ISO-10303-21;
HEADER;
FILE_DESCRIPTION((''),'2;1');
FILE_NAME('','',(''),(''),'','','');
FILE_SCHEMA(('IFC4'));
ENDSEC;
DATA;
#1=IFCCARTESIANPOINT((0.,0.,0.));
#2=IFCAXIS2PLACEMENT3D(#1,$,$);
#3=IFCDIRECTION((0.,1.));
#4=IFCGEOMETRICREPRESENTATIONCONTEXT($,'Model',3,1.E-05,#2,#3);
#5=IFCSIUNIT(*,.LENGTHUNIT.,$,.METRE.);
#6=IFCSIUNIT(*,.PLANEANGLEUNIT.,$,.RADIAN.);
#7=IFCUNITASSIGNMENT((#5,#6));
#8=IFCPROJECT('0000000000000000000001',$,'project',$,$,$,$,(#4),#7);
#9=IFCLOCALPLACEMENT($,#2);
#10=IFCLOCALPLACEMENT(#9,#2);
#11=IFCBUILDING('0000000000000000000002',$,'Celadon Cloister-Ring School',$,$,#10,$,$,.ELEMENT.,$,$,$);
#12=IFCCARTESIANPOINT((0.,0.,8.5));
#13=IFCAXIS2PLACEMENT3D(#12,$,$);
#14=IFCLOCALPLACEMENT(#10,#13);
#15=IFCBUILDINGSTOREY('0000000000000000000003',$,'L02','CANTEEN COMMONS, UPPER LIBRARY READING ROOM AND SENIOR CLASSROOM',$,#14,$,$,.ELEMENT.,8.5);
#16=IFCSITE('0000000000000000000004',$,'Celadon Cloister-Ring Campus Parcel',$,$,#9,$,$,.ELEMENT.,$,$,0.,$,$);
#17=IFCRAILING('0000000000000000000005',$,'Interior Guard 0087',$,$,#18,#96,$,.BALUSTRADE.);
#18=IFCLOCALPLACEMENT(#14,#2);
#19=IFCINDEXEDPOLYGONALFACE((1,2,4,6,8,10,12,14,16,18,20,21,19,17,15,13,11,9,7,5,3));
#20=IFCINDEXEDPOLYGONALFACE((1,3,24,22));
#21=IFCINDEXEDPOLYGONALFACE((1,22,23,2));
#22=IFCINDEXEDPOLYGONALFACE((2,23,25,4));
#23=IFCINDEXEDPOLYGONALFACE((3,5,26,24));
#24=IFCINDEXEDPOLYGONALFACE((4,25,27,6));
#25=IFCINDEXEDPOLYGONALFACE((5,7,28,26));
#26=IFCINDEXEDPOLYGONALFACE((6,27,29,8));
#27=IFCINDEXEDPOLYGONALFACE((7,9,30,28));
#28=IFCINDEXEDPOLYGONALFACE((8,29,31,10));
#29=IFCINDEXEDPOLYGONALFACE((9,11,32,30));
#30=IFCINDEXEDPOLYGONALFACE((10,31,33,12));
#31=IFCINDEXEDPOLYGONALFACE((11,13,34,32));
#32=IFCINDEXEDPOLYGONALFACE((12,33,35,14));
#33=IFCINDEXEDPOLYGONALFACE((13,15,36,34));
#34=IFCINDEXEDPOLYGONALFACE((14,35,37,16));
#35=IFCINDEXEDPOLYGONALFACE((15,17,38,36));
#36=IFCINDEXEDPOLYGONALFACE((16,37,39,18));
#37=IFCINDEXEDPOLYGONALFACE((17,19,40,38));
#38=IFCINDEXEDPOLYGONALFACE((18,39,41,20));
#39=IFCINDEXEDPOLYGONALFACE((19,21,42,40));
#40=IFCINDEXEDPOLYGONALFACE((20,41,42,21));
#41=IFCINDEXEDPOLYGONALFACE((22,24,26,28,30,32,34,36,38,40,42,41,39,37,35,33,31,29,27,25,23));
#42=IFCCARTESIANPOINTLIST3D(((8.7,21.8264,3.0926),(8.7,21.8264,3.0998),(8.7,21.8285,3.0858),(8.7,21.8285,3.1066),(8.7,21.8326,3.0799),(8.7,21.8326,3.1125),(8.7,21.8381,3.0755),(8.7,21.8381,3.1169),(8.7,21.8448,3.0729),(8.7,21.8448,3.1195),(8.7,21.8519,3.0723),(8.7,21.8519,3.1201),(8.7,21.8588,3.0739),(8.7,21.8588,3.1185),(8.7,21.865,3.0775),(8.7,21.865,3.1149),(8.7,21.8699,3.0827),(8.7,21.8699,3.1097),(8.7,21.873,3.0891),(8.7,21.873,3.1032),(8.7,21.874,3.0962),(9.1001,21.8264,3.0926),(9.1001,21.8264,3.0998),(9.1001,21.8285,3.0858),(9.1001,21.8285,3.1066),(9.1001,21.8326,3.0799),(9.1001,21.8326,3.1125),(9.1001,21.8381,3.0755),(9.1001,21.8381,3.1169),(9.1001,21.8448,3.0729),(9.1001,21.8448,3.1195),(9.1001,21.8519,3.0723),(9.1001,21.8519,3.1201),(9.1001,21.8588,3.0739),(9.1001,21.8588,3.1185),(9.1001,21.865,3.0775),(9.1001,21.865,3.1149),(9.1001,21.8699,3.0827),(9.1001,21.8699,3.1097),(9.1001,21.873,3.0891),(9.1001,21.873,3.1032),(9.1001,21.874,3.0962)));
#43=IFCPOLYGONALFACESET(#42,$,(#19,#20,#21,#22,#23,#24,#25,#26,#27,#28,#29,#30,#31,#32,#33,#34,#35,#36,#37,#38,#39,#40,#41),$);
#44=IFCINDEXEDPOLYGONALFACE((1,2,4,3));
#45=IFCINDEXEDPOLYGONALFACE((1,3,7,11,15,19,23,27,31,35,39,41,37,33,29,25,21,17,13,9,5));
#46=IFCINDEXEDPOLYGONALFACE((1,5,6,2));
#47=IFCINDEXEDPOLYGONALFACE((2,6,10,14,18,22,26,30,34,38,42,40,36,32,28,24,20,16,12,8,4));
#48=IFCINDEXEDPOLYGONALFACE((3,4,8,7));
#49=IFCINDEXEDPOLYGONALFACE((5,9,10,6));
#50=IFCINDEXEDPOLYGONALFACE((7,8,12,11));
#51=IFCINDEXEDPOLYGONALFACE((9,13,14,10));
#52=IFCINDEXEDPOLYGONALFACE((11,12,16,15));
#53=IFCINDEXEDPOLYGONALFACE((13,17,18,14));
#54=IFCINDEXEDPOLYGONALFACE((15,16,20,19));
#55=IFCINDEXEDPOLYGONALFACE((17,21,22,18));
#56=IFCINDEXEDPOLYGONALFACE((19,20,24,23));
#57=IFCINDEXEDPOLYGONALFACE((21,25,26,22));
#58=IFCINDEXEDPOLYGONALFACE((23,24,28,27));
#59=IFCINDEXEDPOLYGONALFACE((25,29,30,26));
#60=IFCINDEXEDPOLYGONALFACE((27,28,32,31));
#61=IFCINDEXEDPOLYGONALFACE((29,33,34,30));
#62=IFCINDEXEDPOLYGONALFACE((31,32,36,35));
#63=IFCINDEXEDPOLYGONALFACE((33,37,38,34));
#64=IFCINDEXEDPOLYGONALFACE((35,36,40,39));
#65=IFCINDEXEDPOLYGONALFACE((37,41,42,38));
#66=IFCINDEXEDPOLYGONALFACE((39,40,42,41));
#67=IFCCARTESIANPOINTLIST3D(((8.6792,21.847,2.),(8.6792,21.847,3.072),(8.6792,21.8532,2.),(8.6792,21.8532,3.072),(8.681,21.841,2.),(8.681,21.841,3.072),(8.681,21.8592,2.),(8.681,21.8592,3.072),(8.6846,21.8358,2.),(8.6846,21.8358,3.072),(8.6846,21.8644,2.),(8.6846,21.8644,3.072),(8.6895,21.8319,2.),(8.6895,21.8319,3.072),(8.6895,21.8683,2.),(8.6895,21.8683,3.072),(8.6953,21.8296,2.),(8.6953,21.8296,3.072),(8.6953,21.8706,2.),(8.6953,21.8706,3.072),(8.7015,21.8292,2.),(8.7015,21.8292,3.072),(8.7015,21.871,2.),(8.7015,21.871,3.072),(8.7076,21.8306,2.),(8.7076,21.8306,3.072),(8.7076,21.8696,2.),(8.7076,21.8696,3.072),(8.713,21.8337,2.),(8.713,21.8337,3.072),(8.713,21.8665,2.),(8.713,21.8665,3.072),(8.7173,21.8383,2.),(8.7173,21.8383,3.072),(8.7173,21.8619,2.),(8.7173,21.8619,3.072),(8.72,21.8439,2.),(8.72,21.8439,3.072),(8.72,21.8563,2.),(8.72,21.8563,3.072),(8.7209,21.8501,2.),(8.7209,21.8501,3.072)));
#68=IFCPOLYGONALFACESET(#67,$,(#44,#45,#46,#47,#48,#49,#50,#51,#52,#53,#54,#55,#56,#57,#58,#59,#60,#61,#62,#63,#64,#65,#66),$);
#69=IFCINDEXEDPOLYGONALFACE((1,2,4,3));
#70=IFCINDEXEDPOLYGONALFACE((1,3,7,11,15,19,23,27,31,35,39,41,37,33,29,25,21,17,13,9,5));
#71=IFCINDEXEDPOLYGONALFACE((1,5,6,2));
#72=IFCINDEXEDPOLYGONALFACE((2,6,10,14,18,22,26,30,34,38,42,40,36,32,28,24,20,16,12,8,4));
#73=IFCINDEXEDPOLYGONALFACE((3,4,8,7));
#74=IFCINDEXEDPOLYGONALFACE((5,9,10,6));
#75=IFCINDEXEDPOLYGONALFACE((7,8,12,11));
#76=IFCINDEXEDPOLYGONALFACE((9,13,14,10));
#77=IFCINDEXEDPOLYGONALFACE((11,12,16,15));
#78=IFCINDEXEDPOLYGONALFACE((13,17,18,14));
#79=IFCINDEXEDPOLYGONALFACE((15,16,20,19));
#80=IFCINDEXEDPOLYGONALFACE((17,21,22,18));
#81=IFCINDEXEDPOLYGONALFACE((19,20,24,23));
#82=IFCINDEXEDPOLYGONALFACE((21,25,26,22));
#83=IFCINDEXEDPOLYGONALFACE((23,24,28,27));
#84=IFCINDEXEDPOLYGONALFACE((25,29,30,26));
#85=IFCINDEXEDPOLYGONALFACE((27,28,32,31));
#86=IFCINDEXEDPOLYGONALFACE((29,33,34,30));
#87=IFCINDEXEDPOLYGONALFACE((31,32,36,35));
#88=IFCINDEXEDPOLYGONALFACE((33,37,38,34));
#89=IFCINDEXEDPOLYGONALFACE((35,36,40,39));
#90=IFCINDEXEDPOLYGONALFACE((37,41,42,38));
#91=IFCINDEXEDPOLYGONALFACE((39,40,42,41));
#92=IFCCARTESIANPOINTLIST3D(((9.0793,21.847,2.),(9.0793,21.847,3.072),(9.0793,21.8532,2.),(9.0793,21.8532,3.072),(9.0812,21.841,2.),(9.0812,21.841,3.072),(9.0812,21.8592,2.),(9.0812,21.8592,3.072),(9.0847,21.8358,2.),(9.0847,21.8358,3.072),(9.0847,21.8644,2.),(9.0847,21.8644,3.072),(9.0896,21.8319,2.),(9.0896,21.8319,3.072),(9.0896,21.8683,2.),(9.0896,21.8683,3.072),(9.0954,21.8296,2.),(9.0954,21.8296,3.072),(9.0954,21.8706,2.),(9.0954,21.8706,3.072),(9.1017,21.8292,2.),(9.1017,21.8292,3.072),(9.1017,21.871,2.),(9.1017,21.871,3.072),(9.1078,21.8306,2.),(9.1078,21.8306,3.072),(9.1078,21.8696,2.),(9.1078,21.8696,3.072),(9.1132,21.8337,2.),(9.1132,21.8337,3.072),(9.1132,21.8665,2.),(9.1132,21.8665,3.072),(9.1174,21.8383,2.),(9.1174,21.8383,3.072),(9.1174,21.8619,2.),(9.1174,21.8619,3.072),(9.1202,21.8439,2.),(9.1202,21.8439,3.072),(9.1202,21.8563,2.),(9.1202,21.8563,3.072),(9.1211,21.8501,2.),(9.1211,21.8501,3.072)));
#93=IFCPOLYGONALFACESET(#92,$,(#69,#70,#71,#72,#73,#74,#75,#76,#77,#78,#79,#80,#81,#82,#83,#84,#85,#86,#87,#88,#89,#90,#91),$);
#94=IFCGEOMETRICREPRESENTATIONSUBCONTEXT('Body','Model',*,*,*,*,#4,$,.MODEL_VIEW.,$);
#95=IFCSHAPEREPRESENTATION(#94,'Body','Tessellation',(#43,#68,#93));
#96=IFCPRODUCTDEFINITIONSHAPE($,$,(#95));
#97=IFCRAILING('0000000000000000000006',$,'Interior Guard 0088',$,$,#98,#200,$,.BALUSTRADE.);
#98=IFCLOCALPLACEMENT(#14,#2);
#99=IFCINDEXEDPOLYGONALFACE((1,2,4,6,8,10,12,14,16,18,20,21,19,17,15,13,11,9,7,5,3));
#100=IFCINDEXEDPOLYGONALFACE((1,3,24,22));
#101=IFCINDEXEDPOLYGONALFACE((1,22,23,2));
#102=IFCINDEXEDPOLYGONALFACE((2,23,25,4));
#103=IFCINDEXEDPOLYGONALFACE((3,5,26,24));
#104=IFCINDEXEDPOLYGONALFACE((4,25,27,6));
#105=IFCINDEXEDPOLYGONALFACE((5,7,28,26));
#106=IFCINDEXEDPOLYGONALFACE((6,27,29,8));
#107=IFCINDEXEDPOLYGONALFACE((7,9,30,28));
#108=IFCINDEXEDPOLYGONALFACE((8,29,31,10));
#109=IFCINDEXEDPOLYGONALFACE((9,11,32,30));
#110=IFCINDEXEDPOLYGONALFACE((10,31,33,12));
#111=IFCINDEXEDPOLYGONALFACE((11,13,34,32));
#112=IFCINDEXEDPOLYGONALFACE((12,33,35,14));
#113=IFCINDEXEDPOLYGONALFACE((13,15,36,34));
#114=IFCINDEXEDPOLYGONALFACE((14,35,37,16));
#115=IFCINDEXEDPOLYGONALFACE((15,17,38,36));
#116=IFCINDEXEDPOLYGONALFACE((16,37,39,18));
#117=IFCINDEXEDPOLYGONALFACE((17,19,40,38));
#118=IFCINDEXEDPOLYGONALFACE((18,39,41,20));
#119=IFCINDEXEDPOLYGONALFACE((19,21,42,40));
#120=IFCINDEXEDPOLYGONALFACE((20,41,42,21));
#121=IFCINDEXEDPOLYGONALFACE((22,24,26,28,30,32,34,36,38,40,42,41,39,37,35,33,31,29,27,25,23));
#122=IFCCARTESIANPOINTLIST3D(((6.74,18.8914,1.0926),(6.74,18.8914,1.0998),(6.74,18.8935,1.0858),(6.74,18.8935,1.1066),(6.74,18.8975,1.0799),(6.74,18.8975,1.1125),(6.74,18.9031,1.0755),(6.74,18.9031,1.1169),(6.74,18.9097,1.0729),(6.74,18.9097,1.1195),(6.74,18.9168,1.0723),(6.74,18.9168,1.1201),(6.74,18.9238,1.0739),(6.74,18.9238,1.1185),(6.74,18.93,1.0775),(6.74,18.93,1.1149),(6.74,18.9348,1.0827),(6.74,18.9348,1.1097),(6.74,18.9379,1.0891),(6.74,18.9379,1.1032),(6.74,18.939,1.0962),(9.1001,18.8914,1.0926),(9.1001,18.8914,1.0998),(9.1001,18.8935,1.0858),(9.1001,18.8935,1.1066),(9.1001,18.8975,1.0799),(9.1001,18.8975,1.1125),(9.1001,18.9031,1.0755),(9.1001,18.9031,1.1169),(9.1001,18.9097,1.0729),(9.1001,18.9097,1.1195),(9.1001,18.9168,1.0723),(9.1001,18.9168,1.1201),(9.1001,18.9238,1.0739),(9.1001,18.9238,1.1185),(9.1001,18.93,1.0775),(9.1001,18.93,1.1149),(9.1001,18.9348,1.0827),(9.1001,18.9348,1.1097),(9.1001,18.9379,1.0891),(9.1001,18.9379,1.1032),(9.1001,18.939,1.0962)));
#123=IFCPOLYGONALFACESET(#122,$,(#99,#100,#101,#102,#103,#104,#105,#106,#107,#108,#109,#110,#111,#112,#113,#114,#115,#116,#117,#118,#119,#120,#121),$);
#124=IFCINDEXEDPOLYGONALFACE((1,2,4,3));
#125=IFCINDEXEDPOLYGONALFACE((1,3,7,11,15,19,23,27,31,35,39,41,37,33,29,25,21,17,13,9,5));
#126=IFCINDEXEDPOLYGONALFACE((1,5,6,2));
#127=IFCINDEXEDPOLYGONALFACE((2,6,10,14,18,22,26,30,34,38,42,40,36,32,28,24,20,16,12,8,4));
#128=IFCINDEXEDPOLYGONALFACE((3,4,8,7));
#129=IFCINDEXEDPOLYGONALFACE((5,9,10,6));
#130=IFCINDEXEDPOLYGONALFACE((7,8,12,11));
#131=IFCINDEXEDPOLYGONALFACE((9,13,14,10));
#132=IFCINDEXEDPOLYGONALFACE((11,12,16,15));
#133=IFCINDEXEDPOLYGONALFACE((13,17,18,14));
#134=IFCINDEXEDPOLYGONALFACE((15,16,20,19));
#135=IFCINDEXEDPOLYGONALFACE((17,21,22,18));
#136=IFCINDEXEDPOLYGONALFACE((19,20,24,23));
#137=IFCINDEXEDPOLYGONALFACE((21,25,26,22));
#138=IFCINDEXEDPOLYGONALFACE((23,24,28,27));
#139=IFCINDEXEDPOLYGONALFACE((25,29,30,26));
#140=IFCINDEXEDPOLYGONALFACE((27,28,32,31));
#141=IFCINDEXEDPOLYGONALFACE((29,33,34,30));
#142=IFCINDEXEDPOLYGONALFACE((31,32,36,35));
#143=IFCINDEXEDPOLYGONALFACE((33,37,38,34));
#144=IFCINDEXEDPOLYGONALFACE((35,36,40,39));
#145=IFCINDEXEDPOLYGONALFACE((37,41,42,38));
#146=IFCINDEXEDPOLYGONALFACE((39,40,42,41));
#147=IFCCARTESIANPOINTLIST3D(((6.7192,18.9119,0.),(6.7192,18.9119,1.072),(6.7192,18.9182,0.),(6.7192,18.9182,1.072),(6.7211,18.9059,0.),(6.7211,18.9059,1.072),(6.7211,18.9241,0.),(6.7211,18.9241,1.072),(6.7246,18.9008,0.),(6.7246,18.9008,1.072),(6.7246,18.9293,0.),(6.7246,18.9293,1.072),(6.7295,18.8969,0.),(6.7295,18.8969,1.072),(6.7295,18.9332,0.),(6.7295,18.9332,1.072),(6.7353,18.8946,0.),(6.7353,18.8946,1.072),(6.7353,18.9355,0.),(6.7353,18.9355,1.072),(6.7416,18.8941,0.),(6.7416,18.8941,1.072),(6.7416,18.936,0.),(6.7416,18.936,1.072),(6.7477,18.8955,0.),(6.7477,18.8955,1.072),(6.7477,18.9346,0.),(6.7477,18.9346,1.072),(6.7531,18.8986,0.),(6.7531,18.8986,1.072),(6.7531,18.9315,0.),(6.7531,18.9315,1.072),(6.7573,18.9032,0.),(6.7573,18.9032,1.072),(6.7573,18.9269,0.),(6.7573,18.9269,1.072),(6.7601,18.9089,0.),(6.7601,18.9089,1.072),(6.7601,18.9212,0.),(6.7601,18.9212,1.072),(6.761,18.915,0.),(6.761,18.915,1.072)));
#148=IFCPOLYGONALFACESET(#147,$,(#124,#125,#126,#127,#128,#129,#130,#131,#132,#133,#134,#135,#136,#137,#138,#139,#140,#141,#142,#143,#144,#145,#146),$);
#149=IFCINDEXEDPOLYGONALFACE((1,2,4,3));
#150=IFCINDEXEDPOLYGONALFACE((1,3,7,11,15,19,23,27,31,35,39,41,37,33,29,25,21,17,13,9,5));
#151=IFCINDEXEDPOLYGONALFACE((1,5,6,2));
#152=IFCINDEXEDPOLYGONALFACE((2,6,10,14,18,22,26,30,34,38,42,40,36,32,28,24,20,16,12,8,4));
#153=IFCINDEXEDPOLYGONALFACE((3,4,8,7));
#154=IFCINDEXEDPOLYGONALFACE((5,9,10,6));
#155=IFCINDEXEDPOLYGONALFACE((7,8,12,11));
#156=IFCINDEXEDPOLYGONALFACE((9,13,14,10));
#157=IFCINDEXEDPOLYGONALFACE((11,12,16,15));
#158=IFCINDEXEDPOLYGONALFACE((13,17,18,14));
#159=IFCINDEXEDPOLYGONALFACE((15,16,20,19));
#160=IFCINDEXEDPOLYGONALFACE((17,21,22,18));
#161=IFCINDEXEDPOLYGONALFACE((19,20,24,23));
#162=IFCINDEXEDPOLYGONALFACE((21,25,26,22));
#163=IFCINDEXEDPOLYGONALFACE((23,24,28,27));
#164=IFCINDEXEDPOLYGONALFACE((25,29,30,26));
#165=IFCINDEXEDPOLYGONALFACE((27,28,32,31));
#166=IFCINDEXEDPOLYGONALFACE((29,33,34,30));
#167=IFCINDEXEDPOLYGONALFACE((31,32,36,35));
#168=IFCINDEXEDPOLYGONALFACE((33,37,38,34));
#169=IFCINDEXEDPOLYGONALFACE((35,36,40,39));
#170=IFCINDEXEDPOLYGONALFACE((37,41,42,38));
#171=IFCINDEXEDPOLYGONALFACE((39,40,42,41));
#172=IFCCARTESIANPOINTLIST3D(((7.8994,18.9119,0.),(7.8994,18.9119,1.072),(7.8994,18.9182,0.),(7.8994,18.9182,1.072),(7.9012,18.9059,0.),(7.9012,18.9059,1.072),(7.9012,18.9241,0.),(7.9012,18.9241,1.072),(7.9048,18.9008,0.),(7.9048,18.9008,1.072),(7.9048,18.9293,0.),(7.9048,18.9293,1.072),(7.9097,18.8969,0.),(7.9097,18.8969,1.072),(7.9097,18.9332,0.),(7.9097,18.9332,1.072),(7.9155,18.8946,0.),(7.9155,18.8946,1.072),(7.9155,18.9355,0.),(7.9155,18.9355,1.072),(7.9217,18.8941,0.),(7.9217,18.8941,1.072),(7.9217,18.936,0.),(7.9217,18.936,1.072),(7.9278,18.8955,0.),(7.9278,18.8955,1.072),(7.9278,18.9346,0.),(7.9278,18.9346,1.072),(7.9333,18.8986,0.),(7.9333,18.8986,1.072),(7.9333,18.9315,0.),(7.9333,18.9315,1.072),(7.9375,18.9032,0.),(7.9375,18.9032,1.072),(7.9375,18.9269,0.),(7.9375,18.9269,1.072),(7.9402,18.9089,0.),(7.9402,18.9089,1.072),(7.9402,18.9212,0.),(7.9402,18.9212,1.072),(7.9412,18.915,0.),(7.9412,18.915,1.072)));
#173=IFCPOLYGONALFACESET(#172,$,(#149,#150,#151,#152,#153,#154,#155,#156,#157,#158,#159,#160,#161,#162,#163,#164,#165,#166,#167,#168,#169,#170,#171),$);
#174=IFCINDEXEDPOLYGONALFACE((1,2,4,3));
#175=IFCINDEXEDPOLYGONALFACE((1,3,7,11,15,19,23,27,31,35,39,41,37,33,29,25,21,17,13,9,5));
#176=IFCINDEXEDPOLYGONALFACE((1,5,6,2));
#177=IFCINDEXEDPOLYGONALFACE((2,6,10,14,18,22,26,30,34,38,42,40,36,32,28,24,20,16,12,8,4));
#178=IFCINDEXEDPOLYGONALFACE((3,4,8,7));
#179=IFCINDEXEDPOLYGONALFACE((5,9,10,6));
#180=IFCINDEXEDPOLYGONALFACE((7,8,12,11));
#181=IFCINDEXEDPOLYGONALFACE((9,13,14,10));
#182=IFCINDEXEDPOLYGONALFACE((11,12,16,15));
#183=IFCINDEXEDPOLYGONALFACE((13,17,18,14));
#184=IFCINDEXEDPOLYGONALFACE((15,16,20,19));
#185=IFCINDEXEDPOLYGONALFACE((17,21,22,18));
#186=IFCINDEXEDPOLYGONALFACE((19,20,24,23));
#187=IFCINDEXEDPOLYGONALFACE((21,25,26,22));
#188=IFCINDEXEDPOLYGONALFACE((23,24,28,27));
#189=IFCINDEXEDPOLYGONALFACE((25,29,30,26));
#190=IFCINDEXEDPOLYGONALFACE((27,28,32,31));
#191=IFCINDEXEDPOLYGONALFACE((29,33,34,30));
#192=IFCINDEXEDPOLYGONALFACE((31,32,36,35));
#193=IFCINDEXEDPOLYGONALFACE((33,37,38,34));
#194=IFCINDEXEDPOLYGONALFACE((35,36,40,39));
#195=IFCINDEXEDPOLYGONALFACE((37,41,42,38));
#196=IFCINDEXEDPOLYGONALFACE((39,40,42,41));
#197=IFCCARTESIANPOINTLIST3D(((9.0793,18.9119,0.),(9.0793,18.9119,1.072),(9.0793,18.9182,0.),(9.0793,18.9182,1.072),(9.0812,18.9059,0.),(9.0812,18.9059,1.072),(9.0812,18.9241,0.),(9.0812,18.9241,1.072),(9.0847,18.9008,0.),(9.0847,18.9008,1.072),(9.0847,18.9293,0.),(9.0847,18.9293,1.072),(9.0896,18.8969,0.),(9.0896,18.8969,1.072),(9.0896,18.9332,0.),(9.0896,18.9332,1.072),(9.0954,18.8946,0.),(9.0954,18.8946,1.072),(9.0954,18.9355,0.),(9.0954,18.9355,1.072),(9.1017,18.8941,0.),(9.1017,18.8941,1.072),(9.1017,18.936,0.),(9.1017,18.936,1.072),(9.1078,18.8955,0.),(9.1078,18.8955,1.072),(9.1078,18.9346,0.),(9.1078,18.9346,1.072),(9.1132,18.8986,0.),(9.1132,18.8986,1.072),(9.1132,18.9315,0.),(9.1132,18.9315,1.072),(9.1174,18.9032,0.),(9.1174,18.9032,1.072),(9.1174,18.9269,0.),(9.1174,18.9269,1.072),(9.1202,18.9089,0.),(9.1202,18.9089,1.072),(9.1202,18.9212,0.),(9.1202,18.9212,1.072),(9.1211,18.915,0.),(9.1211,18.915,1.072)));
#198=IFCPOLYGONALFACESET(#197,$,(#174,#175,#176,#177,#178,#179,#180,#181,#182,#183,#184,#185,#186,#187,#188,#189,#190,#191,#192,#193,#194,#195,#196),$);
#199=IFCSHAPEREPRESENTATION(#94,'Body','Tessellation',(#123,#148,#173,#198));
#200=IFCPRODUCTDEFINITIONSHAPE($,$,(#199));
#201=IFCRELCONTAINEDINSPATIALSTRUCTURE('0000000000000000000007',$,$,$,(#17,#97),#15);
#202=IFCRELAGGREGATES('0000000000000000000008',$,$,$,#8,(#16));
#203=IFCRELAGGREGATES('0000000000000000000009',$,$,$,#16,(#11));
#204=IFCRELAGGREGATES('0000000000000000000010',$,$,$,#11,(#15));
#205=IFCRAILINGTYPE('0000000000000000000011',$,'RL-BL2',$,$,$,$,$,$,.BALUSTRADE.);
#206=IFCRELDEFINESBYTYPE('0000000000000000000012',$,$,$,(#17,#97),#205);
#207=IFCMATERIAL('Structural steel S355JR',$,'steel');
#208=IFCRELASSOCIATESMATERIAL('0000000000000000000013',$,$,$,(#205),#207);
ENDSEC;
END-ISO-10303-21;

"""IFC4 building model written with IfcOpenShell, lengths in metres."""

from ifc_helpers import new_model, si_unit, direction, frame, origin, origin_2d, place, context, subcontext, project, spatial, circle, extrude, material, type_object, element, save


model = new_model("IFC4")

# Units and contexts
model_context = context("Model", 3, precision=1e-05, world=origin(), true_north=direction((0.0, 1.0)))
body_context = subcontext(model_context, "Body", "Model", "MODEL_VIEW")
ifc_project = project(units=[si_unit("LENGTHUNIT", "METRE"), si_unit("PLANEANGLEUNIT", "RADIAN")], contexts=[model_context])

# Site, building, storey
site_placement = place(None, origin())
site = spatial("IfcSite", under=ifc_project, at=site_placement, Name="Celadon Cloister-Ring Campus Parcel", CompositionType="ELEMENT", RefElevation=0.0)
building_placement = place(site_placement, origin())
building = spatial("IfcBuilding", under=site, at=building_placement, Name="Celadon Cloister-Ring School", CompositionType="ELEMENT")
storey_placement = place(building_placement, frame((0.0, 0.0, 8.5)))
storey = spatial("IfcBuildingStorey", under=building, at=storey_placement, Name="L02", Description="CANTEEN COMMONS, UPPER LIBRARY READING ROOM AND SENIOR CLASSROOM", CompositionType="ELEMENT", Elevation=8.5)

# Railings
ifc_material_1 = material(Name="Structural steel S355JR", Category="steel")
railing_type_1 = type_object("IfcRailingType", Name="RL-BL2", PredefinedType="BALUSTRADE", material=ifc_material_1)
railing_1_placement = place(storey_placement, frame((8.7, 21.8501, 2.0)))
element("IfcRailing", 1, at=railing_1_placement, inside=storey, type_object=railing_type_1, Name="Interior Guard 0087", PredefinedType="BALUSTRADE", context=body_context, shape_type="SweptSolid", body=[
    extrude(circle(Radius=0.0239, at=origin_2d()), frame((0.0, 0.0, 1.0962), z_axis=(1.0, 0.0, 0.0), x_axis=(0.0, 1.0, 0.0)), (0.0, 0.0, 1.0), 0.4001),
    extrude(circle(Radius=0.021, at=origin_2d()), origin(), (0.0, 0.0, 1.0), 1.072),
    extrude(circle(Radius=0.021, at=origin_2d()), frame((0.4001, 0.0, 0.0)), (0.0, 0.0, 1.0), 1.072),
])
railing_2_placement = place(storey_placement, frame((6.74, 18.915, 0.0)))
element("IfcRailing", 2, at=railing_2_placement, inside=storey, type_object=railing_type_1, Name="Interior Guard 0088", PredefinedType="BALUSTRADE", context=body_context, shape_type="SweptSolid", body=[
    extrude(circle(Radius=0.0239, at=origin_2d()), frame((0.0, 0.0, 1.0962), z_axis=(1.0, 0.0, 0.0), x_axis=(0.0, 1.0, 0.0)), (0.0, 0.0, 1.0), 2.3601),
    extrude(circle(Radius=0.021, at=origin_2d()), origin(), (0.0, 0.0, 1.0), 1.072),
    extrude(circle(Radius=0.021, at=origin_2d()), frame((1.1802, 0.0, 0.0)), (0.0, 0.0, 1.0), 1.072),
    extrude(circle(Radius=0.021, at=origin_2d()), frame((2.3601, 0.0, 0.0)), (0.0, 0.0, 1.0), 1.072),
])

save(model, "model.ifc")
